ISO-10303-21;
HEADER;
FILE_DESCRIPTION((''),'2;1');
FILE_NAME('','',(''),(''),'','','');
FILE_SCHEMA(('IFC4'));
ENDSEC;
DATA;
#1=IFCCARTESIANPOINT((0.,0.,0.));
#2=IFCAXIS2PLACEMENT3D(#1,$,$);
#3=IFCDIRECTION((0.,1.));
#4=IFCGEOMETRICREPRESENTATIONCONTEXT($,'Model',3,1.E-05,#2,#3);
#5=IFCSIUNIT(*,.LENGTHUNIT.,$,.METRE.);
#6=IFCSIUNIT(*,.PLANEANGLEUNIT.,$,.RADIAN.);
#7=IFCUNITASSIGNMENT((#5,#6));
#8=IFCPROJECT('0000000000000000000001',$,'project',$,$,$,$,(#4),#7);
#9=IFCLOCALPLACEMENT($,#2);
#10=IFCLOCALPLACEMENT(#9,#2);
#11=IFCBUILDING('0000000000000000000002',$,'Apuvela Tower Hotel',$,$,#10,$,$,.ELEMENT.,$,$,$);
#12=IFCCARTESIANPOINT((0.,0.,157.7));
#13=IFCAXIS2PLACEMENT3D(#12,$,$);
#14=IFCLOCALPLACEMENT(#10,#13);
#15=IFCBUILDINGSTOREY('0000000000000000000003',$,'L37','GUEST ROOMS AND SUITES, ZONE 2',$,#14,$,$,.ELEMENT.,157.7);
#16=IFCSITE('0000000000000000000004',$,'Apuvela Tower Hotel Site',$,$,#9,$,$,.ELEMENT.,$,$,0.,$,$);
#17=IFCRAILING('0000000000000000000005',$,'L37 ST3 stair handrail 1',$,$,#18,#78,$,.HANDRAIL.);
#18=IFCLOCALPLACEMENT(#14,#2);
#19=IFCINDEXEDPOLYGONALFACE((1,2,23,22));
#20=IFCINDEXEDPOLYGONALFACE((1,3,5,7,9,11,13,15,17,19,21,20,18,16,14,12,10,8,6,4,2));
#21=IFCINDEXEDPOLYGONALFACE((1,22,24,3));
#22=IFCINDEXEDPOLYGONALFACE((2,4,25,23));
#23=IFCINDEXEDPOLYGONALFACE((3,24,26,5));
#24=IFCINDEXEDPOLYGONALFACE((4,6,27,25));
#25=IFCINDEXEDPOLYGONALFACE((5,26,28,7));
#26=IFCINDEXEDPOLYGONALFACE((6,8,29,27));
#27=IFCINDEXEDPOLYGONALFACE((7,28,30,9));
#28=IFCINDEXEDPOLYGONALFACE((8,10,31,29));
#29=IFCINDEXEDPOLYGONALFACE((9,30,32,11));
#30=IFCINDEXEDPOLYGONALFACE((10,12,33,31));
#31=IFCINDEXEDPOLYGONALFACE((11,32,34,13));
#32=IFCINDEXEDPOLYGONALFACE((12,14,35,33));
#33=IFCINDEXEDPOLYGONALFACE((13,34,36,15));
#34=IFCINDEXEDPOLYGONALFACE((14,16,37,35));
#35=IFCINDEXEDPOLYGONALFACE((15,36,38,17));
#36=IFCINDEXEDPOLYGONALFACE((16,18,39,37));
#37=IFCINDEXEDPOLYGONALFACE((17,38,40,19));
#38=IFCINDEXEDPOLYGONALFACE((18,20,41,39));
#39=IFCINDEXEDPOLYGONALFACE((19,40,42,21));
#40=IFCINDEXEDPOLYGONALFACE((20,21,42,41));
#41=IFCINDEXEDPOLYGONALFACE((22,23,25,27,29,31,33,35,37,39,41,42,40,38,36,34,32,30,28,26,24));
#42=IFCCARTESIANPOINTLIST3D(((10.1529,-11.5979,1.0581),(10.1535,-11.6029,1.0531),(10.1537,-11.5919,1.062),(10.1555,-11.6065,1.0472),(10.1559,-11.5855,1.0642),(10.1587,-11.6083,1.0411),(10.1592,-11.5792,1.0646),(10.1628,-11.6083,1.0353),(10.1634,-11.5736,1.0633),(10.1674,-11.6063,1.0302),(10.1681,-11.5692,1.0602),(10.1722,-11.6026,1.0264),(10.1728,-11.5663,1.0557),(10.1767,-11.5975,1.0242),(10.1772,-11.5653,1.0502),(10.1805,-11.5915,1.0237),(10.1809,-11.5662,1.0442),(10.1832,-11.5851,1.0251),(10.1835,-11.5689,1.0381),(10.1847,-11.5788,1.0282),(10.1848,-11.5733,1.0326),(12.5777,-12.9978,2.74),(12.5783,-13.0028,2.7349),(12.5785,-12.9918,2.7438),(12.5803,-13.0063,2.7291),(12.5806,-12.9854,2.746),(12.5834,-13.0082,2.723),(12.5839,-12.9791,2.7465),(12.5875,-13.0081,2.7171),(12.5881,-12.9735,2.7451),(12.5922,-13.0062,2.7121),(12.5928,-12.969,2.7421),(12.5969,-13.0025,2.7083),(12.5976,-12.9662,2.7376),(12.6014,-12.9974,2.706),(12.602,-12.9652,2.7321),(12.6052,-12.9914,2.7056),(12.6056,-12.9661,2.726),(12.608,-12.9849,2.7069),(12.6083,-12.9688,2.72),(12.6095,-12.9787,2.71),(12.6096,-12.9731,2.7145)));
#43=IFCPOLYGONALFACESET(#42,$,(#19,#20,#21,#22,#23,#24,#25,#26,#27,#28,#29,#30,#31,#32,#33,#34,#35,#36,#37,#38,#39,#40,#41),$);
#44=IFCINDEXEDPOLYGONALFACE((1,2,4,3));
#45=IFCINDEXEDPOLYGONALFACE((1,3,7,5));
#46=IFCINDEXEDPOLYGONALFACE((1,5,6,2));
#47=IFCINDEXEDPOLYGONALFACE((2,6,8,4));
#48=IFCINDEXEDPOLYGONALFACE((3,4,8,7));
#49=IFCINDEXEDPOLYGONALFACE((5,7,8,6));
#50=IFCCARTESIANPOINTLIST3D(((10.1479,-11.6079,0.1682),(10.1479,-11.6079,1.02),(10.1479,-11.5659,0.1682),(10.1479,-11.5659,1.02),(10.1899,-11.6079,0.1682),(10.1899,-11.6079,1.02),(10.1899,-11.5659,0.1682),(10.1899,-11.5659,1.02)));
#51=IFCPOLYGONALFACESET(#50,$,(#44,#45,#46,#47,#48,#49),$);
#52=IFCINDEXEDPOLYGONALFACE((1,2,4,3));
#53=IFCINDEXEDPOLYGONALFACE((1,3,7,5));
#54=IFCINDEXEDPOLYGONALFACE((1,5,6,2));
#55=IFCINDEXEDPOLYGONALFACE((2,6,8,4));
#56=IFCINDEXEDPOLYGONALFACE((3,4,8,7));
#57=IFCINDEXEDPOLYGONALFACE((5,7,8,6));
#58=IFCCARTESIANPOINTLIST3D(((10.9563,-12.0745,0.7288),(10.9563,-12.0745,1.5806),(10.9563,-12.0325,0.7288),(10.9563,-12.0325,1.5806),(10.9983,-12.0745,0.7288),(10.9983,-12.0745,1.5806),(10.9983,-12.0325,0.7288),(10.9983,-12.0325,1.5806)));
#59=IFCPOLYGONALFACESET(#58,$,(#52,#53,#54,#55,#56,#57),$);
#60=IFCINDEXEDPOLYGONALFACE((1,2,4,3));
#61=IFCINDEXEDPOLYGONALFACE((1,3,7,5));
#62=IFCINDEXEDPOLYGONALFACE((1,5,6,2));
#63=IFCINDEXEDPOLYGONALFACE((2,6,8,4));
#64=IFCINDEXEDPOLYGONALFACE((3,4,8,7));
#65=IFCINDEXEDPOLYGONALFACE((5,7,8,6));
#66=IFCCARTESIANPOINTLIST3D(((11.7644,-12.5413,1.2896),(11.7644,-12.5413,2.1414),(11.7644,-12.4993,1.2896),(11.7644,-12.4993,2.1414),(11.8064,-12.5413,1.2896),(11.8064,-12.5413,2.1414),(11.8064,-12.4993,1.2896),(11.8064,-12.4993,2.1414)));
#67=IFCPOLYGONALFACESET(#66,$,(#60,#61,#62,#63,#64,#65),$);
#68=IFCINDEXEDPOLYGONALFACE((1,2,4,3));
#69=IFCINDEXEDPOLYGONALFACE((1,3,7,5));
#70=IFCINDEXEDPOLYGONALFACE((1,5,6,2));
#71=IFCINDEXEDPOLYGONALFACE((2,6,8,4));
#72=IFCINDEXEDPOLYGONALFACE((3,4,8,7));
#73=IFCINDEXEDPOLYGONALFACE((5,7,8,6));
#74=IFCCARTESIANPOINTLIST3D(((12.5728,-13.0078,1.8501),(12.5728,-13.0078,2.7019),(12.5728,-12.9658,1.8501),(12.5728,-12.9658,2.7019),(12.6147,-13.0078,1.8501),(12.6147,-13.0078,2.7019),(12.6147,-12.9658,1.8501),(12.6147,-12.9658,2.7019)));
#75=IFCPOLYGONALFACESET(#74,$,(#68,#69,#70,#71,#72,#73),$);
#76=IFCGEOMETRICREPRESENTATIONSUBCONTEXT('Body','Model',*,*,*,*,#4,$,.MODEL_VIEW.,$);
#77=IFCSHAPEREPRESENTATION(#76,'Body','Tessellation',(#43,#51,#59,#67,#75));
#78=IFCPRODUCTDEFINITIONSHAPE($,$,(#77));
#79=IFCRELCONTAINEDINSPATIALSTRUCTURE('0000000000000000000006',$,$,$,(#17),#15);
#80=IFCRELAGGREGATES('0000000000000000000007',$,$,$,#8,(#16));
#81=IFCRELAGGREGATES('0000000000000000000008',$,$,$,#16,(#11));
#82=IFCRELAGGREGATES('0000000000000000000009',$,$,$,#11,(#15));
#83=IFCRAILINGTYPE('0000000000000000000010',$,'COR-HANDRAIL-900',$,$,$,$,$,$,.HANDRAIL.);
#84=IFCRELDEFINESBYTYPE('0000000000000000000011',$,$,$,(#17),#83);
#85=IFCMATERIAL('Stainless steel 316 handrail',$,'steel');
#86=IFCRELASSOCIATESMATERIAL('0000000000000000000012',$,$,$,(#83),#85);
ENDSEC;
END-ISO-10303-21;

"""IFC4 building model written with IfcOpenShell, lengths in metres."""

from ifc_helpers import new_model, si_unit, direction, frame, origin, origin_2d, place, context, subcontext, project, spatial, rectangle, circle, extrude, material, type_object, element, save


model = new_model("IFC4")

# Units and contexts
model_context = context("Model", 3, precision=1e-05, world=origin(), true_north=direction((0.0, 1.0)))
body_context = subcontext(model_context, "Body", "Model", "MODEL_VIEW")
ifc_project = project(units=[si_unit("LENGTHUNIT", "METRE"), si_unit("PLANEANGLEUNIT", "RADIAN")], contexts=[model_context])

# Site, building, storey
site_placement = place(None, origin())
site = spatial("IfcSite", under=ifc_project, at=site_placement, Name="Apuvela Tower Hotel Site", CompositionType="ELEMENT", RefElevation=0.0)
building_placement = place(site_placement, origin())
building = spatial("IfcBuilding", under=site, at=building_placement, Name="Apuvela Tower Hotel", CompositionType="ELEMENT")
storey_placement = place(building_placement, frame((0.0, 0.0, 157.7)))
storey = spatial("IfcBuildingStorey", under=building, at=storey_placement, Name="L37", Description="GUEST ROOMS AND SUITES, ZONE 2", CompositionType="ELEMENT", Elevation=157.7)

# Railing
ifc_material_1 = material(Name="Stainless steel 316 handrail", Category="steel")
railing_type_1 = type_object("IfcRailingType", Name="COR-HANDRAIL-900", PredefinedType="HANDRAIL", material=ifc_material_1)
railing_1_placement = place(storey_placement, frame((10.1689, -11.5869, 0.1682)))
element("IfcRailing", 1, at=railing_1_placement, inside=storey, type_object=railing_type_1, Name="L37 ST3 stair handrail 1", PredefinedType="HANDRAIL", context=body_context, shape_type="SweptSolid", body=[
    extrude(circle(Radius=0.0239, at=origin_2d()), frame((0.0, 0.0, 0.876), z_axis=(0.74239, -0.428601, 0.514934), x_axis=(0.499984, 0.866035, 0.0)), (0.0, 0.0, 1.0), 3.2661),
    extrude(rectangle(XDim=0.042, YDim=0.042, at=origin_2d()), origin(), (0.0, 0.0, 1.0), 0.8518),
    extrude(rectangle(XDim=0.042, YDim=0.042, at=origin_2d()), frame((0.8083, -0.4666, 0.5605)), (0.0, 0.0, 1.0), 0.8518),
    extrude(rectangle(XDim=0.042, YDim=0.042, at=origin_2d()), frame((1.6165, -0.9333, 1.1213)), (0.0, 0.0, 1.0), 0.8518),
    extrude(rectangle(XDim=0.042, YDim=0.042, at=origin_2d()), frame((2.4248, -1.3999, 1.6819)), (0.0, 0.0, 1.0), 0.8518),
])

save(model, "model.ifc")
